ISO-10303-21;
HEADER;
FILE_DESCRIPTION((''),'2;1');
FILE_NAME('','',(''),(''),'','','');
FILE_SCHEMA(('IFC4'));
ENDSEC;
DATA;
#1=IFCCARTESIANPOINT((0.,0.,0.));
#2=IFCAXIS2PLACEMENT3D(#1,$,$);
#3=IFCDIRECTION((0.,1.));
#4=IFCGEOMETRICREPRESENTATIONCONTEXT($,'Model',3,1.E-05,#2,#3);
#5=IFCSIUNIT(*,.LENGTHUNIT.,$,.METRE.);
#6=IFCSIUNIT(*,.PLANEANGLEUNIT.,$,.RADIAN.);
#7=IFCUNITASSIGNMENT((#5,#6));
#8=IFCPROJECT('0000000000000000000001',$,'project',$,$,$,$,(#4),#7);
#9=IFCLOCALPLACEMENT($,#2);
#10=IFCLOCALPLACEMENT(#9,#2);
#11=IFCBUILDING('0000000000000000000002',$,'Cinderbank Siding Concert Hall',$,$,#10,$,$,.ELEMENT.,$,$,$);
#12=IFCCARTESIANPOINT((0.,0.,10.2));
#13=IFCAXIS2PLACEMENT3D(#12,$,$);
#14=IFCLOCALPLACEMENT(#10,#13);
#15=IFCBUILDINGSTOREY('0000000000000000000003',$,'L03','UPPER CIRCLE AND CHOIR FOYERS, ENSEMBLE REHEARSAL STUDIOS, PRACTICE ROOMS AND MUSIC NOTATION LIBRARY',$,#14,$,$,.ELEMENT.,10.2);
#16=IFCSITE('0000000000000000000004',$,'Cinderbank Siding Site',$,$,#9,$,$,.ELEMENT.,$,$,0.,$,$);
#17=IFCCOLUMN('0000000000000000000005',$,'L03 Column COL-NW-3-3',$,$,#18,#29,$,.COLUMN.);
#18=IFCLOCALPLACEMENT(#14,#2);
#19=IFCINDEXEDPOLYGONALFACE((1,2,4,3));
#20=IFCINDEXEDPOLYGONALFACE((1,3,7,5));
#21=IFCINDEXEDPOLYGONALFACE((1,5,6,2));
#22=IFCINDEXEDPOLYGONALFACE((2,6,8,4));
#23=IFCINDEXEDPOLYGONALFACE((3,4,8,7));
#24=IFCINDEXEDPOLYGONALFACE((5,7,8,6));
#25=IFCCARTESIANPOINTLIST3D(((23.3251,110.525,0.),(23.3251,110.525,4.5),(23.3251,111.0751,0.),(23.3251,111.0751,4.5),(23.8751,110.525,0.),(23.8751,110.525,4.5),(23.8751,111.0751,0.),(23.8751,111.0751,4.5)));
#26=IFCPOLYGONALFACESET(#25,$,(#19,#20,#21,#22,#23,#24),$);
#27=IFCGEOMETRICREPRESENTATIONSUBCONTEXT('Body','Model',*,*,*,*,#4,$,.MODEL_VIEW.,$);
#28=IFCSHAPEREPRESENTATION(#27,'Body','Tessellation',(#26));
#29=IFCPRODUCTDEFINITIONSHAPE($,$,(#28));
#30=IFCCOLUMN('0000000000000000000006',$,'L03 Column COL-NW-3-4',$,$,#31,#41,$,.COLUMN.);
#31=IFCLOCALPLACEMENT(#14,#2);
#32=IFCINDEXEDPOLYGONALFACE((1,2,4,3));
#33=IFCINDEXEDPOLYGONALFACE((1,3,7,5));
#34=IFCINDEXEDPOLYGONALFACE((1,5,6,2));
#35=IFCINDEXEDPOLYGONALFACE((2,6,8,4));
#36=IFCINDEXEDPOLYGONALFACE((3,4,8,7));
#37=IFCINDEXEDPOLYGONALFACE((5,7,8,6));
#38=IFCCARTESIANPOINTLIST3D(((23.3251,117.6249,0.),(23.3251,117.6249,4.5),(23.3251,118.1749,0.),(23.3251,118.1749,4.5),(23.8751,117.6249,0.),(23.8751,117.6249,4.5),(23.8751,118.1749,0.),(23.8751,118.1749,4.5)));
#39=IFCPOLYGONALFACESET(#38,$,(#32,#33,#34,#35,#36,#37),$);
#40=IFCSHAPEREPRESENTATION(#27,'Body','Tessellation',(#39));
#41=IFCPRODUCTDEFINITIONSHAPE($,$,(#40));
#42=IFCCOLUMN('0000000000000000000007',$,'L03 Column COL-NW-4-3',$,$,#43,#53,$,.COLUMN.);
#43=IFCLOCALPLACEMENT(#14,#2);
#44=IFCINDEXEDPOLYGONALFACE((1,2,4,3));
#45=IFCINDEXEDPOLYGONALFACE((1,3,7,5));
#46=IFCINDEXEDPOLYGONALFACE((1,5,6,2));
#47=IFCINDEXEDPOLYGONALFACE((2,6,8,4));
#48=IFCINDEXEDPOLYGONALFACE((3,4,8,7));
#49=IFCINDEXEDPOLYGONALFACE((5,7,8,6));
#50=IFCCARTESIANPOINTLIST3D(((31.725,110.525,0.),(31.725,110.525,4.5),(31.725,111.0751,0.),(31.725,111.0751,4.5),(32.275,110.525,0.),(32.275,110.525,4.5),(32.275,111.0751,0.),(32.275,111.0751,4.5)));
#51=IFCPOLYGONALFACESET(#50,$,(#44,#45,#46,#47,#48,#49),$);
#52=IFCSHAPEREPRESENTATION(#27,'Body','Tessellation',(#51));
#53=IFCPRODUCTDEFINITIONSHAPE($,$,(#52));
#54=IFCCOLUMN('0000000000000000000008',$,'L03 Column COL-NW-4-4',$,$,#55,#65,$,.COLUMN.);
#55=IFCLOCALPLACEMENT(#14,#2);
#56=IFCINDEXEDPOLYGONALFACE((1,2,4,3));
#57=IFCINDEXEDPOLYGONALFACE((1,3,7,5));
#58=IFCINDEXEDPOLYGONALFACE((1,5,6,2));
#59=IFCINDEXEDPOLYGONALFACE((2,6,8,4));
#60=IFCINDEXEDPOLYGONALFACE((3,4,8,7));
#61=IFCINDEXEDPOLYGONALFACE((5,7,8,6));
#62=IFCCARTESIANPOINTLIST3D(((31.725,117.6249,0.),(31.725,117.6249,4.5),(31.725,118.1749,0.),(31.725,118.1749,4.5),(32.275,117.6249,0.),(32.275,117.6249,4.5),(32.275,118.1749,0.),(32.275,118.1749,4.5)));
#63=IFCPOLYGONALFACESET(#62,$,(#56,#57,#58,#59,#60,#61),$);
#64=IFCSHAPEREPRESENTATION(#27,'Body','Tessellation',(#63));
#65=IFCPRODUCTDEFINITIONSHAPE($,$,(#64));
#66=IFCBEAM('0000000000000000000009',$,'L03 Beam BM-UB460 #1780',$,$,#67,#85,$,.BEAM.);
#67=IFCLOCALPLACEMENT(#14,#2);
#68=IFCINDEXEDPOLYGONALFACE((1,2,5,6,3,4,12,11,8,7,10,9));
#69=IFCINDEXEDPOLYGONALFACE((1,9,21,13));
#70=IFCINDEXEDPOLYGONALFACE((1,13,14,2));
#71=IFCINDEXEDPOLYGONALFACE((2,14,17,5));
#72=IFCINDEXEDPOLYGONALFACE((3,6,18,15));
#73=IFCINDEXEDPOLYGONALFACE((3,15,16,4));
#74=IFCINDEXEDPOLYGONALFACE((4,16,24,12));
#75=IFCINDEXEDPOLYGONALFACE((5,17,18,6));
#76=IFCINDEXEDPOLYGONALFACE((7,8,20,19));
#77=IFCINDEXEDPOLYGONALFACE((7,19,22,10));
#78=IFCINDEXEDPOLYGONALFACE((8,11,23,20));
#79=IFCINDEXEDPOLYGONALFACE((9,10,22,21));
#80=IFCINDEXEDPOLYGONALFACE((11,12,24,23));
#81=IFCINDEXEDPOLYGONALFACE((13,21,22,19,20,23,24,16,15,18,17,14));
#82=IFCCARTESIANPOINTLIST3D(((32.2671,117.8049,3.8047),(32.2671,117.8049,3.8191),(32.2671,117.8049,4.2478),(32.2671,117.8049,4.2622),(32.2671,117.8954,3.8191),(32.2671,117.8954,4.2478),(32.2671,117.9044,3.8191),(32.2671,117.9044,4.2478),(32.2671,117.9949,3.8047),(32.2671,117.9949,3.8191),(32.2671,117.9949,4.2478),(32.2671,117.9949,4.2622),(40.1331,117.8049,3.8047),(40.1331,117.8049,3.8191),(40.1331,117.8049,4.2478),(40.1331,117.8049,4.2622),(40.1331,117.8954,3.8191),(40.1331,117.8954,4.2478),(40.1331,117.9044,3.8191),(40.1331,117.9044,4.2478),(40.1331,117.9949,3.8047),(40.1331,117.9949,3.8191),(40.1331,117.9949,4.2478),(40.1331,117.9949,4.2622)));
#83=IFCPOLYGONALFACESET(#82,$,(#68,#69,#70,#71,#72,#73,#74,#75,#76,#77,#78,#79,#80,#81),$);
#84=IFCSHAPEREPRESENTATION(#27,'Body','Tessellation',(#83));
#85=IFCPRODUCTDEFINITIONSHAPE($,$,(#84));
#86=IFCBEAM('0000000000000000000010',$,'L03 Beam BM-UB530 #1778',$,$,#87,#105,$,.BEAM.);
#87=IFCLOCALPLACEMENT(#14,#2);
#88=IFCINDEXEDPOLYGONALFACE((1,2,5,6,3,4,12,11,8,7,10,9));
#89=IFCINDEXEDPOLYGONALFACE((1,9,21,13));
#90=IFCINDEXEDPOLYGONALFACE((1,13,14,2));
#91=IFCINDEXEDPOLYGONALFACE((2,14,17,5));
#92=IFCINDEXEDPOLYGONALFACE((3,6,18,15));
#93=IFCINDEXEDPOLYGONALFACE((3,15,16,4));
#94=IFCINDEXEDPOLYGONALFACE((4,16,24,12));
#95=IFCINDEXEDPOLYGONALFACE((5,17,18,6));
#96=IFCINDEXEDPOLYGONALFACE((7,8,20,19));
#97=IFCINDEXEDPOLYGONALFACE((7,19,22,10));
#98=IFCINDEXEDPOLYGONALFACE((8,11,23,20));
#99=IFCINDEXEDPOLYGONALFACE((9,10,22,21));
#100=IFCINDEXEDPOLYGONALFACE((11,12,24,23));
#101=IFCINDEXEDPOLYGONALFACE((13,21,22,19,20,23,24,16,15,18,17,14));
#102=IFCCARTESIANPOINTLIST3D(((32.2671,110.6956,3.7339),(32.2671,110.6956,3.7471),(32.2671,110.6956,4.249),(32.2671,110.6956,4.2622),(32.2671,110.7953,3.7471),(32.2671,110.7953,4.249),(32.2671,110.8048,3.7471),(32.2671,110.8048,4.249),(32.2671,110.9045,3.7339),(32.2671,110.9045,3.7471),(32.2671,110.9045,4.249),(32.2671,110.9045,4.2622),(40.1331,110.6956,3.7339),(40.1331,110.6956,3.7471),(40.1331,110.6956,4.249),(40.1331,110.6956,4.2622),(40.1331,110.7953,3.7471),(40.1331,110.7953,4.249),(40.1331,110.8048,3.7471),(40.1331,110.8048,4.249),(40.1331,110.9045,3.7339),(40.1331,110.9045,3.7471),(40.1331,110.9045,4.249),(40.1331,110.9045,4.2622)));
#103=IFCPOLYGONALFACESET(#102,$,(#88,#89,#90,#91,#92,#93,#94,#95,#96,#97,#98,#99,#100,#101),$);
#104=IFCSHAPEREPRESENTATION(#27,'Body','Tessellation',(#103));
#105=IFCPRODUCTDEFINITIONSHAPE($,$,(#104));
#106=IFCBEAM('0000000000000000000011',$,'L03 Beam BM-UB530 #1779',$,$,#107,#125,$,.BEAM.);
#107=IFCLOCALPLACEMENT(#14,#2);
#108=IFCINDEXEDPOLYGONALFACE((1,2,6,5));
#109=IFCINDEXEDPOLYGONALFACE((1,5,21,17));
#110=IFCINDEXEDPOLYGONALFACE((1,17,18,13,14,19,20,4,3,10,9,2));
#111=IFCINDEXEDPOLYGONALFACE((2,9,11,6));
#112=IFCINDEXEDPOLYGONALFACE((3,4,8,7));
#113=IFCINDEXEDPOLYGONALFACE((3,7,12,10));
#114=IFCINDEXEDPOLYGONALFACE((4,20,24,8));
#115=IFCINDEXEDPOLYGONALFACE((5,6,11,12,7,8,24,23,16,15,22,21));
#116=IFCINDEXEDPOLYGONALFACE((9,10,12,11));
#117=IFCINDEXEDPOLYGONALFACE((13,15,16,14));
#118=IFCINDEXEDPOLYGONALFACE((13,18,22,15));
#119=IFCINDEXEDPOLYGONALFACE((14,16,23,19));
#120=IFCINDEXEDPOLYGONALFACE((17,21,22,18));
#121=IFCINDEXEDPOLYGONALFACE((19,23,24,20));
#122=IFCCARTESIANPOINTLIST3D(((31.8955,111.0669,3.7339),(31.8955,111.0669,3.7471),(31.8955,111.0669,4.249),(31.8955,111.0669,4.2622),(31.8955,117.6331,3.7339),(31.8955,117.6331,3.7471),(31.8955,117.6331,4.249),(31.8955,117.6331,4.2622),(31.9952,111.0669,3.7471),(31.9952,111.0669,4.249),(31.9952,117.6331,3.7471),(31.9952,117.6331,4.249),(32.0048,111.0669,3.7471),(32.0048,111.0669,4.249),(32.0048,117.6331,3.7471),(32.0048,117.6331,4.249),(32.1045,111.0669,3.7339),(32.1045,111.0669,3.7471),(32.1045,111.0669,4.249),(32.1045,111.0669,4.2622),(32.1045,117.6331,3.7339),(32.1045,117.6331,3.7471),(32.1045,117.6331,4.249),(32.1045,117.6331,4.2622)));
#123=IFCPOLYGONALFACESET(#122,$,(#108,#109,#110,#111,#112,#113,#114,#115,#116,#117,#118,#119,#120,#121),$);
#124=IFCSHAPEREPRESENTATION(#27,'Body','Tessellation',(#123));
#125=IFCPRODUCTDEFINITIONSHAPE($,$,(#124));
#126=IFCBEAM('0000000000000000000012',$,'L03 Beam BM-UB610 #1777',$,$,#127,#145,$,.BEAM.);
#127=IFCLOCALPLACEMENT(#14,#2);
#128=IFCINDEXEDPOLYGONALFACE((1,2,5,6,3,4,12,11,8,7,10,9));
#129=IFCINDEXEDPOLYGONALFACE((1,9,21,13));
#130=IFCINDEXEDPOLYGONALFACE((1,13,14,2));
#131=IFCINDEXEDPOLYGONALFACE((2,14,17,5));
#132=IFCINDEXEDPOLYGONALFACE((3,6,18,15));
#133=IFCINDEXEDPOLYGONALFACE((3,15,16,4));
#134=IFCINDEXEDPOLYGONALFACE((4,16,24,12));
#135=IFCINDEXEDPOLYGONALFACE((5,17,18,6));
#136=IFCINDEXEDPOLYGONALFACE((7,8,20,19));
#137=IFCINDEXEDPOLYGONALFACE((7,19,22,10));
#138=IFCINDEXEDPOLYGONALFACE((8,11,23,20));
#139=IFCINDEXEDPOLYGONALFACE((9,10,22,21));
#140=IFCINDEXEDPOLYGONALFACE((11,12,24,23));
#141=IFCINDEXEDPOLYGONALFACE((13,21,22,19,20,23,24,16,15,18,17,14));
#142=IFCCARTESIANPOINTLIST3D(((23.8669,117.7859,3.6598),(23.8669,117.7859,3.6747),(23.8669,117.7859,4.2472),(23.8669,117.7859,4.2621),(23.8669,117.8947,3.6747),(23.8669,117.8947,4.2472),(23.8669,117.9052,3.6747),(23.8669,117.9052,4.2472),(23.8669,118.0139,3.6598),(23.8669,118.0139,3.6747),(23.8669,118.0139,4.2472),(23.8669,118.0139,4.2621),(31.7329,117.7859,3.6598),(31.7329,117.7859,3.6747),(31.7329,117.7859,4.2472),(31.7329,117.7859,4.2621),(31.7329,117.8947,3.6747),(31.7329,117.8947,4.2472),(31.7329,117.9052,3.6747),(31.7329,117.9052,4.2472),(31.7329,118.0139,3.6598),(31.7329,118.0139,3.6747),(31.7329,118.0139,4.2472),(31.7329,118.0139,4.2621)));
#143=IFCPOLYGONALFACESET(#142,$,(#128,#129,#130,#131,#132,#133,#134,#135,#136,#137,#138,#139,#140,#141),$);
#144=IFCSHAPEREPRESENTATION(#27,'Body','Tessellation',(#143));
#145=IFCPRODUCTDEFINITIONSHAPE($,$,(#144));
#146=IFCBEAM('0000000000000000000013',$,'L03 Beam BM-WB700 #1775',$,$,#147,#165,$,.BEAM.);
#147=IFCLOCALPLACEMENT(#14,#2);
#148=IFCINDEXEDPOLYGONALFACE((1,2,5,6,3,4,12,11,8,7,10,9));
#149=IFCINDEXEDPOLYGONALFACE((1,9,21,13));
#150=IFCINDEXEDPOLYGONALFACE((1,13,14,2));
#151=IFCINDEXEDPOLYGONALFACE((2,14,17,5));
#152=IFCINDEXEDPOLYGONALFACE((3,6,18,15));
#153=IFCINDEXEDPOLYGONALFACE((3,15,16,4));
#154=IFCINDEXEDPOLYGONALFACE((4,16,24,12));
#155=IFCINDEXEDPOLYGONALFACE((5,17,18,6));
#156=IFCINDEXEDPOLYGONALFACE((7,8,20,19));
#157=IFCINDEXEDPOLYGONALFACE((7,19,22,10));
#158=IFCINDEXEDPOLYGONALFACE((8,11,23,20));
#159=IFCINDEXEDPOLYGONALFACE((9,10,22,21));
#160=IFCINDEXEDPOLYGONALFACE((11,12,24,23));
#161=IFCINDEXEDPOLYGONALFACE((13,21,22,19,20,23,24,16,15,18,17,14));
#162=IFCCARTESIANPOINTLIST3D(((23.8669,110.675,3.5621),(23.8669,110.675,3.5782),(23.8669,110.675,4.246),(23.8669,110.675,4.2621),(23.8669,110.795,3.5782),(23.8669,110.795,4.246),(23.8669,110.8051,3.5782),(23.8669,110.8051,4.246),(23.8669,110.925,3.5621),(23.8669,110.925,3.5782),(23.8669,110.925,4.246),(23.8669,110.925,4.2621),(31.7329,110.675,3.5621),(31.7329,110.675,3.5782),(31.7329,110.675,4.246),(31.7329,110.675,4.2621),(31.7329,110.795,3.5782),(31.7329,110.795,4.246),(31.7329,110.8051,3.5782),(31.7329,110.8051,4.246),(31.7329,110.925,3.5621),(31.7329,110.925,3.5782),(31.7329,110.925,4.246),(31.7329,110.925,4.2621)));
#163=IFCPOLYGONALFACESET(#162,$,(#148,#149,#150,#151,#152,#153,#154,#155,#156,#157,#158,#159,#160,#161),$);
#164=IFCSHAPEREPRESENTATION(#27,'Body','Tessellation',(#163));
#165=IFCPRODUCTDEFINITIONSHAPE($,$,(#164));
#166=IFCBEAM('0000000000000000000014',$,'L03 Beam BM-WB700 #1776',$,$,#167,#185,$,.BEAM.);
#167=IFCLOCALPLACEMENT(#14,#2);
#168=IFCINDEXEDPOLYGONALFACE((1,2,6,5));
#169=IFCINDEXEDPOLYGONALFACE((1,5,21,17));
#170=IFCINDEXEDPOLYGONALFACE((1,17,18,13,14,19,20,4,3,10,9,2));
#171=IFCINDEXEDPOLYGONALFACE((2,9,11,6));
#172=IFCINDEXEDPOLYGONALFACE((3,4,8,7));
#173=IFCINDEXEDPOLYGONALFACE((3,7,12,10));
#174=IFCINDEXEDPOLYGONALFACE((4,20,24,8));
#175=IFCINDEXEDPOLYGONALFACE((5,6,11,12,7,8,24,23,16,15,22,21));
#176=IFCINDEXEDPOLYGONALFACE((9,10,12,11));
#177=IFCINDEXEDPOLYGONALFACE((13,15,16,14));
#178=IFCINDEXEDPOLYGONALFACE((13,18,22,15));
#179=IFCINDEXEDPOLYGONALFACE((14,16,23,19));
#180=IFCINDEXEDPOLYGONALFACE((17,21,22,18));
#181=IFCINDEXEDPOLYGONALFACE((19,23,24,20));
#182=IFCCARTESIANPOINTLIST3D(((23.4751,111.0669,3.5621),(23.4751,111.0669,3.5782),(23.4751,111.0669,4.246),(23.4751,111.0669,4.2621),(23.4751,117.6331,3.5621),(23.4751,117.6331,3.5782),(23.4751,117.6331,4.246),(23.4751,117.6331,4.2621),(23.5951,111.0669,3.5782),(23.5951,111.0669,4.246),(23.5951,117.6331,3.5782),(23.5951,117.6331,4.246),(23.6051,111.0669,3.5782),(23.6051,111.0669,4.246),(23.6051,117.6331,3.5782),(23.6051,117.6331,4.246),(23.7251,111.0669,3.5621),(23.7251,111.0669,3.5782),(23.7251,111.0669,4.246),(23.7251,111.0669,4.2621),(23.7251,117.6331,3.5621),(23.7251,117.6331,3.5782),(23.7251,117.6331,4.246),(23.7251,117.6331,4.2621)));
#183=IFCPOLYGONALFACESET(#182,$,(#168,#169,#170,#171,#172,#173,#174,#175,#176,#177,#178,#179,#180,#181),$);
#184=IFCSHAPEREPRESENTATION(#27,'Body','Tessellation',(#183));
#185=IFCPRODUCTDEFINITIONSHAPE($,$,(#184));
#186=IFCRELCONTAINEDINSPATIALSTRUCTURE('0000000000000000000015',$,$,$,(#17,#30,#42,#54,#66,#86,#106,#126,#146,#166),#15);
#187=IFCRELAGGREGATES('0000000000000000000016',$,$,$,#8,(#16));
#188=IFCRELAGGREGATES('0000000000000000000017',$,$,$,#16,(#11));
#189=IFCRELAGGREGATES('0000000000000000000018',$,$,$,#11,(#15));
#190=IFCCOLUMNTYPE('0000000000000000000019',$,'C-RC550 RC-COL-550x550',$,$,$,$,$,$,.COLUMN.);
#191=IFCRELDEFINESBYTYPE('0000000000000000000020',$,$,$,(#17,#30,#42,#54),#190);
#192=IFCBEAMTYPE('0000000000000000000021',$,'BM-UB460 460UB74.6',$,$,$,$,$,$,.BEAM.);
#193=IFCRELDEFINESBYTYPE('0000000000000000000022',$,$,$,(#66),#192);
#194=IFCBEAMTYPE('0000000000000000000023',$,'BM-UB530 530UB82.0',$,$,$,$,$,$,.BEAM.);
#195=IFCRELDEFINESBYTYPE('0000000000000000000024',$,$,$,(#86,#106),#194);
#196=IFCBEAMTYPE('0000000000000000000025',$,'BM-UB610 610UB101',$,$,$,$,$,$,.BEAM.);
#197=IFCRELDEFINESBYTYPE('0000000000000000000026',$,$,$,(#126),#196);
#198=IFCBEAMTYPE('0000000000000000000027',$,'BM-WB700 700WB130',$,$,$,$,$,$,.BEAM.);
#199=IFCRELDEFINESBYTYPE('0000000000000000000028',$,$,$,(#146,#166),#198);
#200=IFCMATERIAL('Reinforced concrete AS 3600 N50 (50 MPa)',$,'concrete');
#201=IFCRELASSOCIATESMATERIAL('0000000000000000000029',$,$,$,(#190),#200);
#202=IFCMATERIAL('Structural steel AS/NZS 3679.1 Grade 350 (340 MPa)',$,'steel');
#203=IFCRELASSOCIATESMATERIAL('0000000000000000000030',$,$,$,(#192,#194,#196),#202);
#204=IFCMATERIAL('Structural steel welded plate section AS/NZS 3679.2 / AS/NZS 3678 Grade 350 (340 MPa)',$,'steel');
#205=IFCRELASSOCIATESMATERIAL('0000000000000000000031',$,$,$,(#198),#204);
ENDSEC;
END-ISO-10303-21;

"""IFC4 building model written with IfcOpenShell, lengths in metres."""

from ifc_helpers import new_model, si_unit, direction, frame, origin, origin_2d, place, context, subcontext, project, spatial, rectangle, i_section, extrude, material, material_profile, profile_set, type_object, element, save


model = new_model("IFC4")

# Units and contexts
model_context = context("Model", 3, precision=1e-05, world=origin(), true_north=direction((0.0, 1.0)))
body_context = subcontext(model_context, "Body", "Model", "MODEL_VIEW")
ifc_project = project(units=[si_unit("LENGTHUNIT", "METRE"), si_unit("PLANEANGLEUNIT", "RADIAN")], contexts=[model_context])

# Site, building, storey
site_placement = place(None, origin())
site = spatial("IfcSite", under=ifc_project, at=site_placement, Name="Cinderbank Siding Site", CompositionType="ELEMENT", RefElevation=0.0)
building_placement = place(site_placement, origin())
building = spatial("IfcBuilding", under=site, at=building_placement, Name="Cinderbank Siding Concert Hall", CompositionType="ELEMENT")
storey_placement = place(building_placement, frame((0.0, 0.0, 10.2)))
storey = spatial("IfcBuildingStorey", under=building, at=storey_placement, Name="L03", Description="UPPER CIRCLE AND CHOIR FOYERS, ENSEMBLE REHEARSAL STUDIOS, PRACTICE ROOMS AND MUSIC NOTATION LIBRARY", CompositionType="ELEMENT", Elevation=10.2)

# Columns
ifc_material_1 = material(Name="Reinforced concrete AS 3600 N50 (50 MPa)", Category="concrete")
ifc_material_profile_1 = material_profile(ifc_material_1, rectangle(XDim=0.55, YDim=0.55, at=origin_2d()), Name="RC-COL-550x550", Category="LoadBearing")
ifc_profile_set_1 = profile_set([ifc_material_profile_1], Name="Reinforced concrete AS 3600 N50 (50 MPa)")
column_type = type_object("IfcColumnType", Name="C-RC550 RC-COL-550x550", PredefinedType="COLUMN", material=ifc_profile_set_1)
for number, where, z_axis, x_axis, name in (
    (1, (23.6001, 110.8, 0.0), (0.0, 0.0, 1.0), (1.0, 0.0, 0.0), "L03 Column COL-NW-3-3"),
    (2, (23.6001, 117.8999, 0.0), (0.0, 0.0, 1.0), (1.0, 0.0, 0.0), "L03 Column COL-NW-3-4"),
    (3, (32.0, 110.8, 0.0), (0.0, 0.0, 1.0), (1.0, 0.0, 0.0), "L03 Column COL-NW-4-3"),
    (4, (32.0, 117.8999, 0.0), (0.0, 0.0, 1.0), (1.0, 0.0, 0.0), "L03 Column COL-NW-4-4"),
):
    element("IfcColumn", number, at=place(storey_placement, frame(where, z_axis=z_axis, x_axis=x_axis)), inside=storey, type_object=column_type, Name=name, PredefinedType="COLUMN", context=body_context, shape_type="SweptSolid", body=[
        extrude(rectangle(XDim=0.55, YDim=0.55, at=origin_2d()), origin(), (0.0, 0.0, 1.0), 4.5),
    ])

# Beams
ifc_material_2 = material(Name="Structural steel AS/NZS 3679.1 Grade 350 (340 MPa)", Category="steel")
ifc_material_profile_2 = material_profile(ifc_material_2, i_section(OverallWidth=0.1899, OverallDepth=0.4575, WebThickness=0.009, FlangeThickness=0.0144, at=origin_2d()), Name="460UB74.6", Category="LoadBearing")
ifc_profile_set_2 = profile_set([ifc_material_profile_2], Name="Structural steel AS/NZS 3679.1 Grade 350 (340 MPa)")
beam_type_1 = type_object("IfcBeamType", Name="BM-UB460 460UB74.6", PredefinedType="BEAM", material=ifc_profile_set_2)
beam_1_placement = place(storey_placement, frame((32.2671, 117.8999, 4.0334), z_axis=(1.0, 0.0, 0.0), x_axis=(0.0, 1.0, 0.0)))
element("IfcBeam", 5, at=beam_1_placement, inside=storey, type_object=beam_type_1, Name="L03 Beam BM-UB460 #1780", PredefinedType="BEAM", context=body_context, shape_type="SweptSolid", body=[
    extrude(i_section(OverallWidth=0.1899, OverallDepth=0.4575, WebThickness=0.009, FlangeThickness=0.0144, at=origin_2d()), origin(), (0.0, 0.0, 1.0), 7.866),
])
ifc_material_profile_3 = material_profile(ifc_material_2, i_section(OverallWidth=0.209, OverallDepth=0.5283, WebThickness=0.0095, FlangeThickness=0.0132, at=origin_2d()), Name="530UB82.0", Category="LoadBearing")
ifc_profile_set_3 = profile_set([ifc_material_profile_3], Name="Structural steel AS/NZS 3679.1 Grade 350 (340 MPa)")
beam_type_2 = type_object("IfcBeamType", Name="BM-UB530 530UB82.0", PredefinedType="BEAM", material=ifc_profile_set_3)
beam_2_placement = place(storey_placement, frame((32.2671, 110.8, 3.998), z_axis=(1.0, 0.0, 0.0), x_axis=(0.0, 1.0, 0.0)))
element("IfcBeam", 6, at=beam_2_placement, inside=storey, type_object=beam_type_2, Name="L03 Beam BM-UB530 #1778", PredefinedType="BEAM", context=body_context, shape_type="SweptSolid", body=[
    extrude(i_section(OverallWidth=0.209, OverallDepth=0.5283, WebThickness=0.0095, FlangeThickness=0.0132, at=origin_2d()), origin(), (0.0, 0.0, 1.0), 7.866),
])
beam_3_placement = place(storey_placement, frame((32.0, 111.0669, 3.998), z_axis=(0.0, 1.0, 0.0), x_axis=(-1.0, 0.0, 0.0)))
element("IfcBeam", 7, at=beam_3_placement, inside=storey, type_object=beam_type_2, Name="L03 Beam BM-UB530 #1779", PredefinedType="BEAM", context=body_context, shape_type="SweptSolid", body=[
    extrude(i_section(OverallWidth=0.209, OverallDepth=0.5283, WebThickness=0.0095, FlangeThickness=0.0132, at=origin_2d()), origin(), (0.0, 0.0, 1.0), 6.5662),
])
ifc_material_profile_4 = material_profile(ifc_material_2, i_section(OverallWidth=0.228, OverallDepth=0.6023, WebThickness=0.0105, FlangeThickness=0.0149, at=origin_2d()), Name="610UB101", Category="LoadBearing")
ifc_profile_set_4 = profile_set([ifc_material_profile_4], Name="Structural steel AS/NZS 3679.1 Grade 350 (340 MPa)")
beam_type_3 = type_object("IfcBeamType", Name="BM-UB610 610UB101", PredefinedType="BEAM", material=ifc_profile_set_4)
beam_4_placement = place(storey_placement, frame((23.8669, 117.8999, 3.9609), z_axis=(1.0, 0.0, 0.0), x_axis=(0.0, 1.0, 0.0)))
element("IfcBeam", 8, at=beam_4_placement, inside=storey, type_object=beam_type_3, Name="L03 Beam BM-UB610 #1777", PredefinedType="BEAM", context=body_context, shape_type="SweptSolid", body=[
    extrude(i_section(OverallWidth=0.228, OverallDepth=0.6023, WebThickness=0.0105, FlangeThickness=0.0149, at=origin_2d()), origin(), (0.0, 0.0, 1.0), 7.866),
])
ifc_material_3 = material(Name="Structural steel welded plate section AS/NZS 3679.2 / AS/NZS 3678 Grade 350 (340 MPa)", Category="steel")
ifc_material_profile_5 = material_profile(ifc_material_3, i_section(OverallWidth=0.25, OverallDepth=0.7, WebThickness=0.01, FlangeThickness=0.0161, at=origin_2d()), Name="700WB130", Category="LoadBearing")
ifc_profile_set_5 = profile_set([ifc_material_profile_5], Name="Structural steel welded plate section AS/NZS 3679.2 / AS/NZS 3678 Grade 350 (340 MPa)")
beam_type_4 = type_object("IfcBeamType", Name="BM-WB700 700WB130", PredefinedType="BEAM", material=ifc_profile_set_5)
beam_5_placement = place(storey_placement, frame((23.8669, 110.8, 3.9121), z_axis=(1.0, 0.0, 0.0), x_axis=(0.0, 1.0, 0.0)))
element("IfcBeam", 9, at=beam_5_placement, inside=storey, type_object=beam_type_4, Name="L03 Beam BM-WB700 #1775", PredefinedType="BEAM", context=body_context, shape_type="SweptSolid", body=[
    extrude(i_section(OverallWidth=0.25, OverallDepth=0.7, WebThickness=0.01, FlangeThickness=0.0161, at=origin_2d()), origin(), (0.0, 0.0, 1.0), 7.866),
])
beam_6_placement = place(storey_placement, frame((23.6001, 111.0669, 3.9121), z_axis=(0.0, 1.0, 0.0), x_axis=(-1.0, 0.0, 0.0)))
element("IfcBeam", 10, at=beam_6_placement, inside=storey, type_object=beam_type_4, Name="L03 Beam BM-WB700 #1776", PredefinedType="BEAM", context=body_context, shape_type="SweptSolid", body=[
    extrude(i_section(OverallWidth=0.25, OverallDepth=0.7, WebThickness=0.01, FlangeThickness=0.0161, at=origin_2d()), origin(), (0.0, 0.0, 1.0), 6.5662),
])

save(model, "model.ifc")
